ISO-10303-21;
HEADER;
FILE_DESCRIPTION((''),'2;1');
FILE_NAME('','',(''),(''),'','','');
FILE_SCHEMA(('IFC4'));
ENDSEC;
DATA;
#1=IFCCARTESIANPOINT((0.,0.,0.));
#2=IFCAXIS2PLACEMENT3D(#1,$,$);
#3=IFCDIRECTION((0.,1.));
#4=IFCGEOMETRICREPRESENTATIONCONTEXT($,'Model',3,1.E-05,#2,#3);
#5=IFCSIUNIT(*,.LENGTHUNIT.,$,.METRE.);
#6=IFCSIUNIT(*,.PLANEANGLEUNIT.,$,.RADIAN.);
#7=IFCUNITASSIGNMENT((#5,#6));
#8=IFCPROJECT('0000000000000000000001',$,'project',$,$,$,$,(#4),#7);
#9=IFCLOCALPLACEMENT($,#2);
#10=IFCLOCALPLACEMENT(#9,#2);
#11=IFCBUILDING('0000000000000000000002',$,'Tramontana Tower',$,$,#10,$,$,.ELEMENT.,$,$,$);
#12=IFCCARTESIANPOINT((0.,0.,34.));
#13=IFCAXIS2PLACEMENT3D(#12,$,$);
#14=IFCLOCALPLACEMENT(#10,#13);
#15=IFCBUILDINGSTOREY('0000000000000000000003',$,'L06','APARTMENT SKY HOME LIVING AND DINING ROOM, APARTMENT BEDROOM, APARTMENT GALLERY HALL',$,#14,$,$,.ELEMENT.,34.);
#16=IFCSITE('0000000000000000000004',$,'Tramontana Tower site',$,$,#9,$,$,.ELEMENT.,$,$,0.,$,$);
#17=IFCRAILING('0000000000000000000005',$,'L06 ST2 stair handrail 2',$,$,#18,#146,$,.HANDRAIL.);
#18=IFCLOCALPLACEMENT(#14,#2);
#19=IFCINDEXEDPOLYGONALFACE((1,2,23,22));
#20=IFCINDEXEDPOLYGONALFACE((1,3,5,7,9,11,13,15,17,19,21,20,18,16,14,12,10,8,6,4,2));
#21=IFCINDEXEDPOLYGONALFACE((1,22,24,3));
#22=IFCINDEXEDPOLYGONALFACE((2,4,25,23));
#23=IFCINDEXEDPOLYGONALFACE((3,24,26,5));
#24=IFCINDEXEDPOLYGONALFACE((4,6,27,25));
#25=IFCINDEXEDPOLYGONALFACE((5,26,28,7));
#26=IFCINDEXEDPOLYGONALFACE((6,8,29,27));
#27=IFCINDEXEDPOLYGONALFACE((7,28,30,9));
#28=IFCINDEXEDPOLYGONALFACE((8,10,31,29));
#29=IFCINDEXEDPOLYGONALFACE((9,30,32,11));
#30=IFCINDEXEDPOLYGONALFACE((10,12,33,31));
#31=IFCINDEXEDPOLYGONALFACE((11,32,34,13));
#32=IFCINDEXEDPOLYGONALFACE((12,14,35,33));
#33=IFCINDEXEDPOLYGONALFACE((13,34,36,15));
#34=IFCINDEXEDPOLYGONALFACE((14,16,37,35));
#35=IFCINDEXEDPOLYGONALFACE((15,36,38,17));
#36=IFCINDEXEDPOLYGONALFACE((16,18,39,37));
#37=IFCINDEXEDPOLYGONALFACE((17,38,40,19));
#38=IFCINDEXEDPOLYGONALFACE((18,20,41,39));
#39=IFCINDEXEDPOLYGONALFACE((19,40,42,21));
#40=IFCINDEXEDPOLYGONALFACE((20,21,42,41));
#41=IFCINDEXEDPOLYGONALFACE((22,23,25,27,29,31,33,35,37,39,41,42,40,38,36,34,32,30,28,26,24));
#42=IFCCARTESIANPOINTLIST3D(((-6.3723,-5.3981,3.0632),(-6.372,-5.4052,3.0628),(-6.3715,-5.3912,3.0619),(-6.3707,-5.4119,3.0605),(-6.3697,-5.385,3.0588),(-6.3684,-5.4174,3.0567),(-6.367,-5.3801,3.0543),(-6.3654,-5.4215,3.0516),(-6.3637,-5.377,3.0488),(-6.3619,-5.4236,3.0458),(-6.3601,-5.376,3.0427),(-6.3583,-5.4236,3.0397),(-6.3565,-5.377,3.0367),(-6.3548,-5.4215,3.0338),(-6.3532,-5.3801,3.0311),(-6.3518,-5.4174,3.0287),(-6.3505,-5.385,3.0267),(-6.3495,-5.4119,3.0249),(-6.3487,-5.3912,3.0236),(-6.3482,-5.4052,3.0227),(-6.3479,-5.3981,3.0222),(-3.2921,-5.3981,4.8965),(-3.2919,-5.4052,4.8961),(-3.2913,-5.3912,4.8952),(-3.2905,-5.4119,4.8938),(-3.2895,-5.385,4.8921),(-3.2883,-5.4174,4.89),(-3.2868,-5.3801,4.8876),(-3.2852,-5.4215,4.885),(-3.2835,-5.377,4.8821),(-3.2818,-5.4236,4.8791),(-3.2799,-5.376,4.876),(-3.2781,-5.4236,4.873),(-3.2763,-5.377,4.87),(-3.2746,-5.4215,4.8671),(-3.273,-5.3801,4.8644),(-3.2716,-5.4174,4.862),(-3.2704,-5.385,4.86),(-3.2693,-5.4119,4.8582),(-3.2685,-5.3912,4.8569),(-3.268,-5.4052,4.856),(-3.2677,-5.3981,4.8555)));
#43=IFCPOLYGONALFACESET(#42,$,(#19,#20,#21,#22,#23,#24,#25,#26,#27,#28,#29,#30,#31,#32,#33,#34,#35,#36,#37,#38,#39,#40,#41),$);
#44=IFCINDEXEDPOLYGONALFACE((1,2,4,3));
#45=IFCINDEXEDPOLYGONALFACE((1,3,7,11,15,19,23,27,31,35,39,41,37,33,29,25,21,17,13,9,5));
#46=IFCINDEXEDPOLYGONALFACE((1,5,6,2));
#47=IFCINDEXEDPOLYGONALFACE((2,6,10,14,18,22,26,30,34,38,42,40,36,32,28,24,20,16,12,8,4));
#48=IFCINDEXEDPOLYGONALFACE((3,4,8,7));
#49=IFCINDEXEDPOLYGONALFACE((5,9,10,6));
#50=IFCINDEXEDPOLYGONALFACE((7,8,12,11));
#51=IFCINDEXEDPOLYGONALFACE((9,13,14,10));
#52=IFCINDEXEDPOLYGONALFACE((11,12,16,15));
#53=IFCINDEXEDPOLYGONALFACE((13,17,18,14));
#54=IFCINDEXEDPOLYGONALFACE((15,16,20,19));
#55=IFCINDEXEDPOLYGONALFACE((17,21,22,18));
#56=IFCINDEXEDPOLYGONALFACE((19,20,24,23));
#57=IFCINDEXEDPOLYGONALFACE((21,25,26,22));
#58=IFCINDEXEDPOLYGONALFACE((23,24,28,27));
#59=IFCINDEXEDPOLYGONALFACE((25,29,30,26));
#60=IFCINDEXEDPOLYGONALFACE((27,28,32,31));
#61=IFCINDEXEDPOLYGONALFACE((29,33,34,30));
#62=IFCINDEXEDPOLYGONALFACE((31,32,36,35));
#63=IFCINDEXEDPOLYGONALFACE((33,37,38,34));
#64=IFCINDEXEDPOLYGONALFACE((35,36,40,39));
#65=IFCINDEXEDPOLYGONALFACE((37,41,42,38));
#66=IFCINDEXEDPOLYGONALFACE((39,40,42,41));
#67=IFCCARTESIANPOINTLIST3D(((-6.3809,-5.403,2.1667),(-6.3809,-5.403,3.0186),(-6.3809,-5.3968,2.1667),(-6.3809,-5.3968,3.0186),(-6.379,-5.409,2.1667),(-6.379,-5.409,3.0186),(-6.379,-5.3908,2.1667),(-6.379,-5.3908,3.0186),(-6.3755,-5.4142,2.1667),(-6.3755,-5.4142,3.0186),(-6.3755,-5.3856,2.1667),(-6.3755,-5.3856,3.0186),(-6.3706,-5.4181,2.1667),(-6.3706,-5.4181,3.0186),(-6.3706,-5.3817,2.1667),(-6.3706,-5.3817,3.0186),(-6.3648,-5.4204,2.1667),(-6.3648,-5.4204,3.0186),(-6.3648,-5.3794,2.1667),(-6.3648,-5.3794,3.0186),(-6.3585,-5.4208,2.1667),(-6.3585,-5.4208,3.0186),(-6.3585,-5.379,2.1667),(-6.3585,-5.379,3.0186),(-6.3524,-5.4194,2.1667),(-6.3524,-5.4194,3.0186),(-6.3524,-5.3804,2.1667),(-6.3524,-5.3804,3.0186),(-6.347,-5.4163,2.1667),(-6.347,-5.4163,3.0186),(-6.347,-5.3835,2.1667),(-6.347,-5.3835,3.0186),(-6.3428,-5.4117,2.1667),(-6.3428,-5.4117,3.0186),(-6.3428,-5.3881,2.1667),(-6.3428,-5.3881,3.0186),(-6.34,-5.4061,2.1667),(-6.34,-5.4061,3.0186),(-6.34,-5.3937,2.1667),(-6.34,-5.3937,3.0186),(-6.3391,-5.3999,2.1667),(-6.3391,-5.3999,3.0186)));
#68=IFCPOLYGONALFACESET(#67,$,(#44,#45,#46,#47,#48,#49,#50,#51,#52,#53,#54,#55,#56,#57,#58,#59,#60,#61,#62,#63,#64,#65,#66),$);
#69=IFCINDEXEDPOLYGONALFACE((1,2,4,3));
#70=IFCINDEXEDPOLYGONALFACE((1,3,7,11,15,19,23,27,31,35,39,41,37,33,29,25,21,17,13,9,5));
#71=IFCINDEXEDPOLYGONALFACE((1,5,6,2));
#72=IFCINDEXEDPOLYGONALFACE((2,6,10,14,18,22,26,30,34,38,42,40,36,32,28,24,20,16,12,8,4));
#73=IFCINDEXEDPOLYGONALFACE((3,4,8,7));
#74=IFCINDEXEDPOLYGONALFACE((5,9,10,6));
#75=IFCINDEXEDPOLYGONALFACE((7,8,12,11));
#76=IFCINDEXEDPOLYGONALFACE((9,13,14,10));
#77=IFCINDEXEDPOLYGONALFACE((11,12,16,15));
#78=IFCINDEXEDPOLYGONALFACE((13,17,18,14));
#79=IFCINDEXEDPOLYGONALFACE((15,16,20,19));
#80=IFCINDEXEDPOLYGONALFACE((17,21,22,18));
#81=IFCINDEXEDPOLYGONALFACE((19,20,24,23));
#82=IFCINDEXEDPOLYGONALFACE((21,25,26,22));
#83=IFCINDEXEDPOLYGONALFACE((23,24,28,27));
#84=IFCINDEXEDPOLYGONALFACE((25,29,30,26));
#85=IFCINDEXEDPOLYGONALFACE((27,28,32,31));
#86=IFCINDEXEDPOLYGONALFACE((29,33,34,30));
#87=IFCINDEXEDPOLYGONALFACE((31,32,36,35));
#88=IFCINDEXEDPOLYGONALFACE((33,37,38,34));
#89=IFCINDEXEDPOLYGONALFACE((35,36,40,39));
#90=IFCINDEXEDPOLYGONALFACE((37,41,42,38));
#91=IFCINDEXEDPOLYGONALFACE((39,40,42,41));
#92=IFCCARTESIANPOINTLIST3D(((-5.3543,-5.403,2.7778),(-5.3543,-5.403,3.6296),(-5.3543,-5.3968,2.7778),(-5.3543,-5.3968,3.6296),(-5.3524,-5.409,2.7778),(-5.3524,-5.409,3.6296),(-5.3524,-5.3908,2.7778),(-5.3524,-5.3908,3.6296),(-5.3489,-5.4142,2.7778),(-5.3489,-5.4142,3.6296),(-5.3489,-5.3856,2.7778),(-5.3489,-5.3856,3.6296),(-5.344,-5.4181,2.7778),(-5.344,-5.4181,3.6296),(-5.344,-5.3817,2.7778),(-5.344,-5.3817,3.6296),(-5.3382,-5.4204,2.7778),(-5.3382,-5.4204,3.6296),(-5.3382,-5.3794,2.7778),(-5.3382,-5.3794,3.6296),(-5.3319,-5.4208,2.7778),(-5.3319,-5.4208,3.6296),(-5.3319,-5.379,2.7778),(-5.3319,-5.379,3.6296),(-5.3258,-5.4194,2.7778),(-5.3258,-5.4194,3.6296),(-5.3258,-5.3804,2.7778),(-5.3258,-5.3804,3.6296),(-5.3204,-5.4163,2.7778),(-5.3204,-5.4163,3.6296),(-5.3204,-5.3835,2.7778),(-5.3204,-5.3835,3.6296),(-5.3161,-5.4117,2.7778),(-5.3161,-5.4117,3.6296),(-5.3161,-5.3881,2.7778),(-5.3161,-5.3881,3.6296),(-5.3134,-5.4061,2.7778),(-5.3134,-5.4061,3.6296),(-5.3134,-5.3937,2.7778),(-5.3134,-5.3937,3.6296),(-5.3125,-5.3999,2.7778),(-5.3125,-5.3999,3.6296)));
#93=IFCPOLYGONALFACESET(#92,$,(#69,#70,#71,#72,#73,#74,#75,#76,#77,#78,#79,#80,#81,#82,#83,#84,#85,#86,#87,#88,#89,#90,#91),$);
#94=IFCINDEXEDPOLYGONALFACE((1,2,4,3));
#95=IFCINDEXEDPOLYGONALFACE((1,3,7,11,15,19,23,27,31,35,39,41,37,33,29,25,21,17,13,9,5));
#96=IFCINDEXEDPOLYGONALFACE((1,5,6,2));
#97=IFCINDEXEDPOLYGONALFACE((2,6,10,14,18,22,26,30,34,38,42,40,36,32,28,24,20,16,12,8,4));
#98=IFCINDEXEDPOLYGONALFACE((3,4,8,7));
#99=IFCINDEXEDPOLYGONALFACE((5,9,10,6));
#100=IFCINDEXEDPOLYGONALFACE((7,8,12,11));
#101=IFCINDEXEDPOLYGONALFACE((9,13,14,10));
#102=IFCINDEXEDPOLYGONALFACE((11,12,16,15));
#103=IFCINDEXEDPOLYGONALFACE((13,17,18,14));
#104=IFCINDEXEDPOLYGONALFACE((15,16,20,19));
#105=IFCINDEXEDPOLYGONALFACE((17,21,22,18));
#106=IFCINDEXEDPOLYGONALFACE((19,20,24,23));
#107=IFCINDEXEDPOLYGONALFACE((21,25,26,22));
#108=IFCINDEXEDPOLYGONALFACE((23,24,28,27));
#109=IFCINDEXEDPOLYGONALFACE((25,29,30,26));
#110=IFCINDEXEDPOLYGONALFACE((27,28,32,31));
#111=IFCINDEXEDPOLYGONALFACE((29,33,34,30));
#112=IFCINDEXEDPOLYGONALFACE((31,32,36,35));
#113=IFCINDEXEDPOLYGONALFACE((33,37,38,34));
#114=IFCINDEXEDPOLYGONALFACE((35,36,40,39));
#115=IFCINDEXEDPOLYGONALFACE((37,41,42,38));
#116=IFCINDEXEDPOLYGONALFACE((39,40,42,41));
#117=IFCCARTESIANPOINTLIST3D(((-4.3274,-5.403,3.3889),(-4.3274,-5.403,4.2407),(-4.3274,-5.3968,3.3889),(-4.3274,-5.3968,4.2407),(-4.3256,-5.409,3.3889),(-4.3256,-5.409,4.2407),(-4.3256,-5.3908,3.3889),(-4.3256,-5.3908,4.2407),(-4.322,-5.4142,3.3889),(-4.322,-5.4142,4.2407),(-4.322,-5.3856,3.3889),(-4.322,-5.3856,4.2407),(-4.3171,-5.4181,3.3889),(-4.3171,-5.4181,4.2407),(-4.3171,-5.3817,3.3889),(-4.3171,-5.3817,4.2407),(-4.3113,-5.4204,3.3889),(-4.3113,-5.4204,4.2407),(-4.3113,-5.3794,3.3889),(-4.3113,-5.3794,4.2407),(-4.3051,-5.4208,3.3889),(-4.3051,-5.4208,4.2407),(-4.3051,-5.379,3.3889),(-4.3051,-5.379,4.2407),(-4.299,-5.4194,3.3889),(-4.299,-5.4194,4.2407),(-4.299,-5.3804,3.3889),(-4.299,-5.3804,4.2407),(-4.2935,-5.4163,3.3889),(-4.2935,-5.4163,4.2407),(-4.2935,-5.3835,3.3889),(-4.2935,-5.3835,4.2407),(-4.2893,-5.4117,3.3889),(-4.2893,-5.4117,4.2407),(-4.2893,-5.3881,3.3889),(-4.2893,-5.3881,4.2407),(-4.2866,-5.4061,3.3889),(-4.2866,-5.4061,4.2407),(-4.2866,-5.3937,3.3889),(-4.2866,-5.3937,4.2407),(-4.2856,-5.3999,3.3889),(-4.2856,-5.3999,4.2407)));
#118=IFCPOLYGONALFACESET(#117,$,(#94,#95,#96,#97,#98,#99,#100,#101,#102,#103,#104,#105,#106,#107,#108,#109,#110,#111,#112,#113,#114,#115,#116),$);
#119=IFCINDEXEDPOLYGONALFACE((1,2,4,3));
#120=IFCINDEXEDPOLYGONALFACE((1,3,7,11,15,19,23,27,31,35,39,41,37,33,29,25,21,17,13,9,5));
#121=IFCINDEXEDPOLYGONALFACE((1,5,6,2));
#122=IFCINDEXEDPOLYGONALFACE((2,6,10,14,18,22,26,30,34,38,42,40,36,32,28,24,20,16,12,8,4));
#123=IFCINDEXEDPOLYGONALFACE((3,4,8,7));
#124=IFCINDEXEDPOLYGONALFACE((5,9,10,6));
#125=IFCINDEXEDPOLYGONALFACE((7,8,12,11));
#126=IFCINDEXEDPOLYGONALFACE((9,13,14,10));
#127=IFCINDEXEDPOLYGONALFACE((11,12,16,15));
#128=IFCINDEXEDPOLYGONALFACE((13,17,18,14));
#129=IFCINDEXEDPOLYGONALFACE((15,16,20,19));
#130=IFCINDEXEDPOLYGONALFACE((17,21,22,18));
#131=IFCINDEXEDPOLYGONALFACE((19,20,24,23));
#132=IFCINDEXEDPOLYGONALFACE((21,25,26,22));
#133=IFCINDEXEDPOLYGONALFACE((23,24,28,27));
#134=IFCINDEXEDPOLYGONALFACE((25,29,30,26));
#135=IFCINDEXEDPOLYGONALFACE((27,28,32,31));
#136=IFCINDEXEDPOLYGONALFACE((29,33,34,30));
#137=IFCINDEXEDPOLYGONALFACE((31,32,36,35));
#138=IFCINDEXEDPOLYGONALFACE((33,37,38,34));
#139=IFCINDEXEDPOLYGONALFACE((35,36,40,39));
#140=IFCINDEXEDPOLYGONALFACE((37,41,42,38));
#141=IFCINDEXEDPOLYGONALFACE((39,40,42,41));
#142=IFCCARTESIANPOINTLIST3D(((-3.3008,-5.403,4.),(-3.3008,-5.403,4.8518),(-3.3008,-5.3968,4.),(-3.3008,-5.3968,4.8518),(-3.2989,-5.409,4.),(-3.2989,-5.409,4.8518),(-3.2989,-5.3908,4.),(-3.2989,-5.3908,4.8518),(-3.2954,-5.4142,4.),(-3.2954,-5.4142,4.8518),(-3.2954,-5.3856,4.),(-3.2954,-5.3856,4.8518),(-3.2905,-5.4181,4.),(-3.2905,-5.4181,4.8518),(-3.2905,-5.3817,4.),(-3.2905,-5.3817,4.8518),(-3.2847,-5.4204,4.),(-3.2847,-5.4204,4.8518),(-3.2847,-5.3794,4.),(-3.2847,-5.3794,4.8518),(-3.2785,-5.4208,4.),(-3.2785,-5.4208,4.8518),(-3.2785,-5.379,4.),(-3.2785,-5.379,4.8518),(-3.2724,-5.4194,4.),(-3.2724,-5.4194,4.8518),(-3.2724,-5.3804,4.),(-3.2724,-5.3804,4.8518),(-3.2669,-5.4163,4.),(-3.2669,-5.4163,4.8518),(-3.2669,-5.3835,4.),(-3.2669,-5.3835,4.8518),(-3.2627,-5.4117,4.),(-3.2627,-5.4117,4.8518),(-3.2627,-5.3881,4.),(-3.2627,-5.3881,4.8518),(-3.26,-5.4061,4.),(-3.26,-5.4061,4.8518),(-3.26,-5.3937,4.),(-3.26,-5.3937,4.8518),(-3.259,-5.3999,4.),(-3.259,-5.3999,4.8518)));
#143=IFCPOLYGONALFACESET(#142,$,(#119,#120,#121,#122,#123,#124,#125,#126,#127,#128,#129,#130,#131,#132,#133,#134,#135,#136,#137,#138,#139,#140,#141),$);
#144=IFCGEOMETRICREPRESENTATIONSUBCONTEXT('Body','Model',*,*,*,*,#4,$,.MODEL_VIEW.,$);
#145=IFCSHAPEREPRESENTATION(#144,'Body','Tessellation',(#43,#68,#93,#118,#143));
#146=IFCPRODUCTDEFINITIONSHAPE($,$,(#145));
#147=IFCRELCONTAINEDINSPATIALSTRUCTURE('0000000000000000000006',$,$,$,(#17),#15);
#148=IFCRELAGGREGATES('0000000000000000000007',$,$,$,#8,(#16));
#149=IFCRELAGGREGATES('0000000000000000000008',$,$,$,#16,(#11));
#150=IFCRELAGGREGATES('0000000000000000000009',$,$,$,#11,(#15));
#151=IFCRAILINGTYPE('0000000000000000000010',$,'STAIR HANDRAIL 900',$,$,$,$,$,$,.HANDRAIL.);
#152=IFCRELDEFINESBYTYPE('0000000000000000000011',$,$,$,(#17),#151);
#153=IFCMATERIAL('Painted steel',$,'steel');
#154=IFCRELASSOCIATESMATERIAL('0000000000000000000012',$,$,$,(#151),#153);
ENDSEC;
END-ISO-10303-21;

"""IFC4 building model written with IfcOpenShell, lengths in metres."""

from ifc_helpers import new_model, si_unit, direction, frame, origin, origin_2d, place, context, subcontext, project, spatial, circle, extrude, material, type_object, element, save


model = new_model("IFC4")

# Units and contexts
model_context = context("Model", 3, precision=1e-05, world=origin(), true_north=direction((0.0, 1.0)))
body_context = subcontext(model_context, "Body", "Model", "MODEL_VIEW")
ifc_project = project(units=[si_unit("LENGTHUNIT", "METRE"), si_unit("PLANEANGLEUNIT", "RADIAN")], contexts=[model_context])

# Site, building, storey
site_placement = place(None, origin())
site = spatial("IfcSite", under=ifc_project, at=site_placement, Name="Tramontana Tower site", CompositionType="ELEMENT", RefElevation=0.0)
building_placement = place(site_placement, origin())
building = spatial("IfcBuilding", under=site, at=building_placement, Name="Tramontana Tower", CompositionType="ELEMENT")
storey_placement = place(building_placement, frame((0.0, 0.0, 34.0)))
storey = spatial("IfcBuildingStorey", under=building, at=storey_placement, Name="L06", Description="APARTMENT SKY HOME LIVING AND DINING ROOM, APARTMENT BEDROOM, APARTMENT GALLERY HALL", CompositionType="ELEMENT", Elevation=34.0)

# Railing
ifc_material_1 = material(Name="Painted steel", Category="steel")
railing_type_1 = type_object("IfcRailingType", Name="STAIR HANDRAIL 900", PredefinedType="HANDRAIL", material=ifc_material_1)
railing_1_placement = place(storey_placement, frame((-6.3601, -5.3999, 2.1667)))
element("IfcRailing", 1, at=railing_1_placement, inside=storey, type_object=railing_type_1, Name="L06 ST2 stair handrail 2", PredefinedType="HANDRAIL", context=body_context, shape_type="SweptSolid", body=[
    extrude(circle(Radius=0.0239, at=origin_2d()), frame((0.0, 0.0, 0.876), z_axis=(0.859309, 0.0, 0.511458), x_axis=(0.0, 1.0, 0.0)), (0.0, 0.0, 1.0), 3.5845),
    extrude(circle(Radius=0.021, at=origin_2d()), origin(), (0.0, 0.0, 1.0), 0.8518),
    extrude(circle(Radius=0.021, at=origin_2d()), frame((1.0266, 0.0, 0.6111)), (0.0, 0.0, 1.0), 0.8518),
    extrude(circle(Radius=0.021, at=origin_2d()), frame((2.0535, 0.0, 1.2222)), (0.0, 0.0, 1.0), 0.8518),
    extrude(circle(Radius=0.021, at=origin_2d()), frame((3.0801, 0.0, 1.8333)), (0.0, 0.0, 1.0), 0.8518),
])

save(model, "model.ifc")
